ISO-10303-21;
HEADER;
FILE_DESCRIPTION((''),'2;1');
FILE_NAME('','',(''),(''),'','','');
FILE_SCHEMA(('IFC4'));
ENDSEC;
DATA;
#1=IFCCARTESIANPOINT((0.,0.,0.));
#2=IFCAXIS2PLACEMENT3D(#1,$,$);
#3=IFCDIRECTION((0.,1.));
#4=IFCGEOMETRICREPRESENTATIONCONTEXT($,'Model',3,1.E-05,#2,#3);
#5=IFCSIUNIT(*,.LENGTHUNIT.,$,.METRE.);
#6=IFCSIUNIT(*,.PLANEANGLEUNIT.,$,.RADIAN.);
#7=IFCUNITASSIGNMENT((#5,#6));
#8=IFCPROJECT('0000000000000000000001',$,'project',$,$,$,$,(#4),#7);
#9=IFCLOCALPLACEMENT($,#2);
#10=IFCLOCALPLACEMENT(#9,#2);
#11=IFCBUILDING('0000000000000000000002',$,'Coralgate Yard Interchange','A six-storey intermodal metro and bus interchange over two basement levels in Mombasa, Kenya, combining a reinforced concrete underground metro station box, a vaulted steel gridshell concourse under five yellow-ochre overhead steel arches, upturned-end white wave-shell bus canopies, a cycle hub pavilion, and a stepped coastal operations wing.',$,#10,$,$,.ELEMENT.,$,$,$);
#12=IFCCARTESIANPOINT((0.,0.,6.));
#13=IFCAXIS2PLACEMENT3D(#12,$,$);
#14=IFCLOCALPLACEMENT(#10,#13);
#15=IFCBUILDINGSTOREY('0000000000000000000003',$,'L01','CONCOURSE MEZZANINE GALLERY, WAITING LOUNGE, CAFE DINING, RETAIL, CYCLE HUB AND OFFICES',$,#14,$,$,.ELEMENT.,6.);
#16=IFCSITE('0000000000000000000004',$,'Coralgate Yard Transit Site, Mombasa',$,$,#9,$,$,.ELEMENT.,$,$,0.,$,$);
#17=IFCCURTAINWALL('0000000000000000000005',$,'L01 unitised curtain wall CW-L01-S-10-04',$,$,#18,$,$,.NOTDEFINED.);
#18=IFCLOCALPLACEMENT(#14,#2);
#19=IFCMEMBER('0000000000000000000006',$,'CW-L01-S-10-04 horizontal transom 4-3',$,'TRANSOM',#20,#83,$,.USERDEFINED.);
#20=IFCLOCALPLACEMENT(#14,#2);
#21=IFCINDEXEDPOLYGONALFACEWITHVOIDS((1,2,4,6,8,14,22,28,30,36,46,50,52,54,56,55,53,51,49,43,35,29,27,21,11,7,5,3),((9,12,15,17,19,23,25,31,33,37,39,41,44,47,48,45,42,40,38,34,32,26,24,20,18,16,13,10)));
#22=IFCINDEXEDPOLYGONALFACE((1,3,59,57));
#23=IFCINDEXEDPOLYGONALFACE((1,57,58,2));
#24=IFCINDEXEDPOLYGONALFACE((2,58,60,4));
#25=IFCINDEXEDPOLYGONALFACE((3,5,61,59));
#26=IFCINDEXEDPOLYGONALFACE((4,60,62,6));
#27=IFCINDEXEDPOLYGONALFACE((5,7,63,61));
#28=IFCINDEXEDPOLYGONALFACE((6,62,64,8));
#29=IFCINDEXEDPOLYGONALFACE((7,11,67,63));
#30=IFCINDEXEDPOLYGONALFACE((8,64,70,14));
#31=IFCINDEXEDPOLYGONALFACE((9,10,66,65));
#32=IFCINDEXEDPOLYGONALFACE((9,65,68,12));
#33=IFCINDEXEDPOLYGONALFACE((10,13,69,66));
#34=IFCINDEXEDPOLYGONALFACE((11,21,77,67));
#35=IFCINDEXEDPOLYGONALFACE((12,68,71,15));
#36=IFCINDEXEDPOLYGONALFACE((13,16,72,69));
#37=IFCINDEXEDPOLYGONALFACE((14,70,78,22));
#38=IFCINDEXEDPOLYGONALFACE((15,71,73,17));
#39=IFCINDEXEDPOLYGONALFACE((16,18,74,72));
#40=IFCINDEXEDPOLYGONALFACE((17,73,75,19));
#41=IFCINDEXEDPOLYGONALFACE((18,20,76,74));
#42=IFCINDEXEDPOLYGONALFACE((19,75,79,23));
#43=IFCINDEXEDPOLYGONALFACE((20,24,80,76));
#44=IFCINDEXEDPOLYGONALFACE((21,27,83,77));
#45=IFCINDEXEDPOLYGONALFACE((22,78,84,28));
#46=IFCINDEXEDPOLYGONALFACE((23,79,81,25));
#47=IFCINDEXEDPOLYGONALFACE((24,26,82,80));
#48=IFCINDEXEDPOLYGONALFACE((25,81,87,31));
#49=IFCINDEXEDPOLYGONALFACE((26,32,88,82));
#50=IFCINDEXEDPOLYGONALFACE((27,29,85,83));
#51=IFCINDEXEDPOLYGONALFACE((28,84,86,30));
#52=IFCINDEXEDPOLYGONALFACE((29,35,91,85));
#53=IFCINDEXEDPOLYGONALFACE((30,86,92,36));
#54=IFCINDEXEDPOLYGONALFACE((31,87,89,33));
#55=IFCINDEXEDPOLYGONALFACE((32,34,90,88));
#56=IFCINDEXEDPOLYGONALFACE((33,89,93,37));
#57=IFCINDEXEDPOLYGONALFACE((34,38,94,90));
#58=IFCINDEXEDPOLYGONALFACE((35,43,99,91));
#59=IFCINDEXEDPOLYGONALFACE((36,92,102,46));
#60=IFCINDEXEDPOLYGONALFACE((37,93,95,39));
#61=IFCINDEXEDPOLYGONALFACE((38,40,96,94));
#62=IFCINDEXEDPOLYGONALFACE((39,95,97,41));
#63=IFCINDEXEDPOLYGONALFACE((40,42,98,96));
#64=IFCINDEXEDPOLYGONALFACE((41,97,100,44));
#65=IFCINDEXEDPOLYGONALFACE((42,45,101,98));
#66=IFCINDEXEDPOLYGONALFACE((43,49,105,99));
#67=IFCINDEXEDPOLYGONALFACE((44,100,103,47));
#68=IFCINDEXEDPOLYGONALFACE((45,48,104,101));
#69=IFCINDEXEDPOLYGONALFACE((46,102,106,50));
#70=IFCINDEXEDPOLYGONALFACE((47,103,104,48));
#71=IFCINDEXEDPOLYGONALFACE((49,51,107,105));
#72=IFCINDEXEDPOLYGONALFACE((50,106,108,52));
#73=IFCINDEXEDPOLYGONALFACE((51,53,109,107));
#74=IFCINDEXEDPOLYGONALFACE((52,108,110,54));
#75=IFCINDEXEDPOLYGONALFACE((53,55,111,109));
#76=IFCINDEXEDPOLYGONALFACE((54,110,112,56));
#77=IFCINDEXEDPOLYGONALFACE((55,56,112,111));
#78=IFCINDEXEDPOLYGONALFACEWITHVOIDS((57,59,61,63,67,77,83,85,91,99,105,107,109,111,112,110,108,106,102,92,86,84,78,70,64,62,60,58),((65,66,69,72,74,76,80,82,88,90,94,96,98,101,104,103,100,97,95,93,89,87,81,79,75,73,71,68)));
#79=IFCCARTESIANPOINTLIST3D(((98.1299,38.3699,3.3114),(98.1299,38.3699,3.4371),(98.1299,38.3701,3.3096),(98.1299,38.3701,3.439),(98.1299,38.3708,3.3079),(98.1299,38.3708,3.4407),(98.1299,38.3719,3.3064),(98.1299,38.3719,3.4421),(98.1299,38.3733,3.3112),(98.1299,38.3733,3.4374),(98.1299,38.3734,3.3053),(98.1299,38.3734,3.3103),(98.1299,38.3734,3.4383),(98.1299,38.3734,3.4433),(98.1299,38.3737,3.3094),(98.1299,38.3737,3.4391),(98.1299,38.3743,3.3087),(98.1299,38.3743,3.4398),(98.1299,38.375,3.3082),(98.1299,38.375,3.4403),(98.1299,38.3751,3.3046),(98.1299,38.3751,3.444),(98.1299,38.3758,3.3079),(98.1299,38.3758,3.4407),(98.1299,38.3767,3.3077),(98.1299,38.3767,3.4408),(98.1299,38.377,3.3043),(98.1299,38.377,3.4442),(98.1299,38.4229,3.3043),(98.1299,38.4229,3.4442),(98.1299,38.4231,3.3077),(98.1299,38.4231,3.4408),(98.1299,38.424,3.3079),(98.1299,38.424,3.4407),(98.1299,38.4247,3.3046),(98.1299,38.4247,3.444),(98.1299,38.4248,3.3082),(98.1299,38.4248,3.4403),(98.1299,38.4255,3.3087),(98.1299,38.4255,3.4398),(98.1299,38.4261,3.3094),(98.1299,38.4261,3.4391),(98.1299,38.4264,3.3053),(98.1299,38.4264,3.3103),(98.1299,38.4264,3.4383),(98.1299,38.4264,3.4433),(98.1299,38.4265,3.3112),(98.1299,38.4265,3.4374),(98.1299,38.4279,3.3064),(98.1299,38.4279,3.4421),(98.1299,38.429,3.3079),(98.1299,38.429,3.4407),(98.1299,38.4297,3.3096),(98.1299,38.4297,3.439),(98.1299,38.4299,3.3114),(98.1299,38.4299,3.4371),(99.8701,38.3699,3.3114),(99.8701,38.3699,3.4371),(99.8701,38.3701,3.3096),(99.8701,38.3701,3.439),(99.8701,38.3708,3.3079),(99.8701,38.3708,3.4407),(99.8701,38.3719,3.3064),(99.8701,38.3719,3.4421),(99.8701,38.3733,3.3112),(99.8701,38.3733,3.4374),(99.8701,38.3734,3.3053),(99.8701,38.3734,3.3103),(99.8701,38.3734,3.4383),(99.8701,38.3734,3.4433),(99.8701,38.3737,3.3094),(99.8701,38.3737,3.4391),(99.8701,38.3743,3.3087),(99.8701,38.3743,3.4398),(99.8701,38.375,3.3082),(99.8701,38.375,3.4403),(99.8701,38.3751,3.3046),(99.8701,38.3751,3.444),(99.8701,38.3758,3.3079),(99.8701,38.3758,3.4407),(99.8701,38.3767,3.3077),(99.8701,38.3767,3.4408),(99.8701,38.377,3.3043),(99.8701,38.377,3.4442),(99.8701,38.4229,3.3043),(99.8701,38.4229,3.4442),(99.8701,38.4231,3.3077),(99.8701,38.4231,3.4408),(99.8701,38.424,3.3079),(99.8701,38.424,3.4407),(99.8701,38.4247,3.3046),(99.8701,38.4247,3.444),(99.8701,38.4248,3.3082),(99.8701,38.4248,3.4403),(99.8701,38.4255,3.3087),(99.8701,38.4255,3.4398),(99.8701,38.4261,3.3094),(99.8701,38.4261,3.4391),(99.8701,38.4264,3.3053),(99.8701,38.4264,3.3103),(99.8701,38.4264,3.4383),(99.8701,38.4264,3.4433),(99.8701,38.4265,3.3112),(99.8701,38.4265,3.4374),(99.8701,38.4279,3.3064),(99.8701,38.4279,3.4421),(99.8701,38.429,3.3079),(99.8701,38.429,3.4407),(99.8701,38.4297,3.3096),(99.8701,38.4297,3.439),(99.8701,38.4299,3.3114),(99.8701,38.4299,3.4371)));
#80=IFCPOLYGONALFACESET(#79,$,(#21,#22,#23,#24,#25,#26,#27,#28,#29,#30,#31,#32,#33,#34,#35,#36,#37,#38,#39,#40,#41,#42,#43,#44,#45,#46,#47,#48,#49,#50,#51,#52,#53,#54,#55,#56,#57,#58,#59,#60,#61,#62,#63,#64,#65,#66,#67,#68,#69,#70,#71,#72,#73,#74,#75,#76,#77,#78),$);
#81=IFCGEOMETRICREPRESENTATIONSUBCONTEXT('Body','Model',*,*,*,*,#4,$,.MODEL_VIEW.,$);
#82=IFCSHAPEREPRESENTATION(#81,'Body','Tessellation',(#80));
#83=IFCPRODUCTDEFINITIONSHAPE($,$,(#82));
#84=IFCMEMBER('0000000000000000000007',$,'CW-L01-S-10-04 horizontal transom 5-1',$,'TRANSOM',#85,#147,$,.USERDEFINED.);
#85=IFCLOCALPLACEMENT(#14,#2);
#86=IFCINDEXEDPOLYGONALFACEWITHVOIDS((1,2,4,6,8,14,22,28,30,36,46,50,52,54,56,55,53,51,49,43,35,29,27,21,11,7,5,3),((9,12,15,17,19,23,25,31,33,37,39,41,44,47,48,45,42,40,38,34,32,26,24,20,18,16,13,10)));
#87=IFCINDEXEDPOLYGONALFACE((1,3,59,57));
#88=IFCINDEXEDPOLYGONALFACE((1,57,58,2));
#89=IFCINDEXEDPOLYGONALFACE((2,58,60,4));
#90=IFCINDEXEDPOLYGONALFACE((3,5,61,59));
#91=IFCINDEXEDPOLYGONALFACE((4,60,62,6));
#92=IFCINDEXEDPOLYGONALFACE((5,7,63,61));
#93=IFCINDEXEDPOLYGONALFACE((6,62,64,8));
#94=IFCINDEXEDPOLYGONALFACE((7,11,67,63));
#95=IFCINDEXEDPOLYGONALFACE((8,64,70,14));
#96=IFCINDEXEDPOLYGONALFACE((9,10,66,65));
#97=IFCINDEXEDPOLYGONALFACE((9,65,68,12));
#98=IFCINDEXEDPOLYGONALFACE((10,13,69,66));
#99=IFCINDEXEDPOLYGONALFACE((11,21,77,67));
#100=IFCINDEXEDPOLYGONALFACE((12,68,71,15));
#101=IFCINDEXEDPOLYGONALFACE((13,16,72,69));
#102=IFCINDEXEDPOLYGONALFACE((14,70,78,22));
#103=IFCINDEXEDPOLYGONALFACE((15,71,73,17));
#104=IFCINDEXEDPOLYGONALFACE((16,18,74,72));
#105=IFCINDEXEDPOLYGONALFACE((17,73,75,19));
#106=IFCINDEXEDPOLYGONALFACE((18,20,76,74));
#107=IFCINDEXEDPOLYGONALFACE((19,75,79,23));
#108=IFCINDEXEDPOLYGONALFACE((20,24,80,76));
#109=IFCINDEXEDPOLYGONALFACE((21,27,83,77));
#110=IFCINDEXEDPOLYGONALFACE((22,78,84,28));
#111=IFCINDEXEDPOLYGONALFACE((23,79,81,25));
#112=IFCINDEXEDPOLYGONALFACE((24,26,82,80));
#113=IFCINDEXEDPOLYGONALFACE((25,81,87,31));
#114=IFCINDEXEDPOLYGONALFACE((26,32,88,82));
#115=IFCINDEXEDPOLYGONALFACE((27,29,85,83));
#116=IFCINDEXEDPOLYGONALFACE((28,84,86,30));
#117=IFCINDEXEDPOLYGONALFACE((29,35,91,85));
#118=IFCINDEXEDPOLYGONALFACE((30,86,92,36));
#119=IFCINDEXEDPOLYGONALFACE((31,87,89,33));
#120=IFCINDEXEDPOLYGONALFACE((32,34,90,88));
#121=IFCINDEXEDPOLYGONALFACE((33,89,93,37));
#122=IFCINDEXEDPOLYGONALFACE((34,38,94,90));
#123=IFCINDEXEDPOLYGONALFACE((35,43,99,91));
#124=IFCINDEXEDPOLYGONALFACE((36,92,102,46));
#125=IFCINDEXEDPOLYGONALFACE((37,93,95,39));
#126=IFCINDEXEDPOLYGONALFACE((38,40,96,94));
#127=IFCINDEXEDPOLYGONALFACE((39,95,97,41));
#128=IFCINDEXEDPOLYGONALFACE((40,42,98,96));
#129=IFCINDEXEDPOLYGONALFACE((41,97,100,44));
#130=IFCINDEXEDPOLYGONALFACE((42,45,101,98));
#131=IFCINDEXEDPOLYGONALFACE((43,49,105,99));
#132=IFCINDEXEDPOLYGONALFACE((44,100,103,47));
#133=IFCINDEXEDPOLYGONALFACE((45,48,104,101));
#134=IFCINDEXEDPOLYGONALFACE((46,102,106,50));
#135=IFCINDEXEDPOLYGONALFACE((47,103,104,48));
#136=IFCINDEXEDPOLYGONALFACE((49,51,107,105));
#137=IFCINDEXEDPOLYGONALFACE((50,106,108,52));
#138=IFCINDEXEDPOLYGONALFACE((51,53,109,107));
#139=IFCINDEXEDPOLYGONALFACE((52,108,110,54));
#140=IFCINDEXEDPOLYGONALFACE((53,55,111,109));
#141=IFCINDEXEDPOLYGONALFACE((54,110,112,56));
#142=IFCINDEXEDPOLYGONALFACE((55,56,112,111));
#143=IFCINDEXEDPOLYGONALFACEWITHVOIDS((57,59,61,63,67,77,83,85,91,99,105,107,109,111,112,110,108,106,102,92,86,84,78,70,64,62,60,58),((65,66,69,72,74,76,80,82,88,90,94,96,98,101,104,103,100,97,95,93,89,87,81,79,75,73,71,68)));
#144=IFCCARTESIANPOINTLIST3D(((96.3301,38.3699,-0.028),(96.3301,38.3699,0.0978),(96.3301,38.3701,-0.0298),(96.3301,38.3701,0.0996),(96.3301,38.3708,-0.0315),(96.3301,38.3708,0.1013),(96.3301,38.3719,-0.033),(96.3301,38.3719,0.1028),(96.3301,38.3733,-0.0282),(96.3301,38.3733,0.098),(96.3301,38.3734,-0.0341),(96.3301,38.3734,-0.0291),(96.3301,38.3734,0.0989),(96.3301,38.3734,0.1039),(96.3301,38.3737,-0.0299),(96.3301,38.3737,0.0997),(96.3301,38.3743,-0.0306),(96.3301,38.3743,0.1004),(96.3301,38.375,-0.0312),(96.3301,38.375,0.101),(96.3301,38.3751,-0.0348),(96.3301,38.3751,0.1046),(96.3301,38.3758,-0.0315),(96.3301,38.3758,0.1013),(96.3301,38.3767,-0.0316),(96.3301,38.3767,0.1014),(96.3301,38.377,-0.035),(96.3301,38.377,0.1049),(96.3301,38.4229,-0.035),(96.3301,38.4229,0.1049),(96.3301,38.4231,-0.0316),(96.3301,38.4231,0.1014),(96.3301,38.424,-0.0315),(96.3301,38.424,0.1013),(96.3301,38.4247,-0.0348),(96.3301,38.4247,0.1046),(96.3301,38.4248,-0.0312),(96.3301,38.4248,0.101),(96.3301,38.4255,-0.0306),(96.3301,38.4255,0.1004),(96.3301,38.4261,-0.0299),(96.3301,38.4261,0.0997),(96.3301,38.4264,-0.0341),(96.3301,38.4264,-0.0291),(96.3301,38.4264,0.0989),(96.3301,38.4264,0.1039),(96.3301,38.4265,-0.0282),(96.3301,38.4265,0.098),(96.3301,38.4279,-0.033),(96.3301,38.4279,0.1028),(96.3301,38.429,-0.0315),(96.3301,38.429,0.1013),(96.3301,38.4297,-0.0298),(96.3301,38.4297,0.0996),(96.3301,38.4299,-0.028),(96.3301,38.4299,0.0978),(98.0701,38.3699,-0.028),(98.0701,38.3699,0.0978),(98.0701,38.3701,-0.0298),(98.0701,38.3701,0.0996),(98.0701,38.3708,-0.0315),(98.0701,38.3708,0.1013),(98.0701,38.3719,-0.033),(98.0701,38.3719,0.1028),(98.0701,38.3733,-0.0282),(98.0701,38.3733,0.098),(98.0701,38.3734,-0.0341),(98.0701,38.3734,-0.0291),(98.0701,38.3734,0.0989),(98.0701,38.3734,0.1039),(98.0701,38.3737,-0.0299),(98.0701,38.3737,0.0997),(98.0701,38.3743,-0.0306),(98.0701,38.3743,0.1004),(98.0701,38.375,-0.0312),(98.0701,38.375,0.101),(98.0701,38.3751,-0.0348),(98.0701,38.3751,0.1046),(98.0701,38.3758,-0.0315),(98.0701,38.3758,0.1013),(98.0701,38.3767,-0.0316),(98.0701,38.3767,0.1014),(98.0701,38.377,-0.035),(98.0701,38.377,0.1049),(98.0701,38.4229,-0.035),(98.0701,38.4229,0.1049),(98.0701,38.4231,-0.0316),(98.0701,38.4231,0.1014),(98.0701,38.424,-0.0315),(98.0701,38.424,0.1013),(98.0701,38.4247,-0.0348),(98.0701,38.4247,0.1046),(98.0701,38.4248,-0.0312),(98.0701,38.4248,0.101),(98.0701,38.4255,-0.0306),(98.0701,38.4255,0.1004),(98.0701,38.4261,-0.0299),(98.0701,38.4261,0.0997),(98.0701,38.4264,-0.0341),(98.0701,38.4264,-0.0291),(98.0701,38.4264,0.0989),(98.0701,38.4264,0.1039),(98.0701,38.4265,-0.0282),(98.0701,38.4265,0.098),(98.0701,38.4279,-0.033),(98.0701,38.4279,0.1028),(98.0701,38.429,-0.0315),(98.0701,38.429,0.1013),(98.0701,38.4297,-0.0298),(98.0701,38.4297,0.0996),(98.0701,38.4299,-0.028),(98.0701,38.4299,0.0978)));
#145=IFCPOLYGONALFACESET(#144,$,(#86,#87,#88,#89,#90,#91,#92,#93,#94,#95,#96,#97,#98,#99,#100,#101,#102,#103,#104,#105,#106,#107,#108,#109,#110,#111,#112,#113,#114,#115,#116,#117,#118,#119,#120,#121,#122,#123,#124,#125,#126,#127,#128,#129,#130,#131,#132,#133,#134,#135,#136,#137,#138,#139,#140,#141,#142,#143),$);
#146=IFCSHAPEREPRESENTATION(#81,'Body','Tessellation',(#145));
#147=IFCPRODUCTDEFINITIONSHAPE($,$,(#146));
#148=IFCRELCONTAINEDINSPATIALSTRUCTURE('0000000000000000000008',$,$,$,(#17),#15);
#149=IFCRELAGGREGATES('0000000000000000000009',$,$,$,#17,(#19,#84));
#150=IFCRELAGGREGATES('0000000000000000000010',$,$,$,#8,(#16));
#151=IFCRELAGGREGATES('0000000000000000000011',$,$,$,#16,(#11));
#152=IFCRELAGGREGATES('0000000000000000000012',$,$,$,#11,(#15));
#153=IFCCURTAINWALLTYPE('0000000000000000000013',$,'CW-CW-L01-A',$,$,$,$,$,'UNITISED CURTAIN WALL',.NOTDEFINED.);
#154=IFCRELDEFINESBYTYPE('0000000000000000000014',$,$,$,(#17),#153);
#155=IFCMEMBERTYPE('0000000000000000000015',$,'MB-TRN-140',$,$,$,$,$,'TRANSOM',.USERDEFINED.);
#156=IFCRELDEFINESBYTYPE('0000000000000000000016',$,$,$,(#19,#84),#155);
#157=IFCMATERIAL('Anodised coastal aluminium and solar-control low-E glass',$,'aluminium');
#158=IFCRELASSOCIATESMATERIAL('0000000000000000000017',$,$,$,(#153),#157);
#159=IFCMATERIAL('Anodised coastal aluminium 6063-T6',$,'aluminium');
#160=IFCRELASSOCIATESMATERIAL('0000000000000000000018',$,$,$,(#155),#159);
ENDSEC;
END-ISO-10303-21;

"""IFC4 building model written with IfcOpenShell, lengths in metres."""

from ifc_helpers import new_model, si_unit, direction, frame, origin, origin_2d, place, context, subcontext, project, spatial, hollow_rectangle, extrude, material, material_profile, profile_set, type_object, element, aggregate, save


model = new_model("IFC4")

# Units and contexts
model_context = context("Model", 3, precision=1e-05, world=origin(), true_north=direction((0.0, 1.0)))
body_context = subcontext(model_context, "Body", "Model", "MODEL_VIEW")
ifc_project = project(units=[si_unit("LENGTHUNIT", "METRE"), si_unit("PLANEANGLEUNIT", "RADIAN")], contexts=[model_context])

# Site, building, storey
site_placement = place(None, origin())
site = spatial("IfcSite", under=ifc_project, at=site_placement, Name="Coralgate Yard Transit Site, Mombasa", CompositionType="ELEMENT", RefElevation=0.0)
building_placement = place(site_placement, origin())
building = spatial("IfcBuilding", under=site, at=building_placement, Name="Coralgate Yard Interchange", Description="A six-storey intermodal metro and bus interchange over two basement levels in Mombasa, Kenya, combining a reinforced concrete underground metro station box, a vaulted steel gridshell concourse under five yellow-ochre overhead steel arches, upturned-end white wave-shell bus canopies, a cycle hub pavilion, and a stepped coastal operations wing.", CompositionType="ELEMENT")
storey_placement = place(building_placement, frame((0.0, 0.0, 6.0)))
storey = spatial("IfcBuildingStorey", under=building, at=storey_placement, Name="L01", Description="CONCOURSE MEZZANINE GALLERY, WAITING LOUNGE, CAFE DINING, RETAIL, CYCLE HUB AND OFFICES", CompositionType="ELEMENT", Elevation=6.0)

# Curtain wall
ifc_material_1 = material(Name="Anodised coastal aluminium and solar-control low-E glass", Category="aluminium")
curtain_wall_type_1 = type_object("IfcCurtainWallType", Name="CW-CW-L01-A", ElementType="UNITISED CURTAIN WALL", PredefinedType="NOTDEFINED", material=ifc_material_1)
curtain_wall_1_placement = place(storey_placement, origin())
curtain_wall_1 = element("IfcCurtainWall", 1, at=curtain_wall_1_placement, inside=storey, type_object=curtain_wall_type_1, Name="L01 unitised curtain wall CW-L01-S-10-04", PredefinedType="NOTDEFINED")
ifc_material_2 = material(Name="Anodised coastal aluminium 6063-T6", Category="aluminium")

# Members
ifc_material_profile_1 = material_profile(ifc_material_2, hollow_rectangle(XDim=0.0601, YDim=0.1399, WallThickness=0.0034, InnerFilletRadius=0.0034, OuterFilletRadius=0.0071, at=origin_2d()), Name="ALU 60x140x3.5")
ifc_profile_set_1 = profile_set([ifc_material_profile_1], Name="Anodised coastal aluminium 6063-T6")
member_type_1 = type_object("IfcMemberType", Name="MB-TRN-140", ElementType="TRANSOM", PredefinedType="USERDEFINED", material=ifc_profile_set_1)
member_1_placement = place(storey_placement, frame((99.8701, 38.3999, 3.3743), z_axis=(-1.0, 0.0, 0.0), x_axis=(0.0, -1.0, 0.0)))
member_1 = element("IfcMember", 2, at=member_1_placement, type_object=member_type_1, Name="CW-L01-S-10-04 horizontal transom 4-3", ObjectType="TRANSOM", PredefinedType="USERDEFINED", context=body_context, shape_type="SweptSolid", body=[
    extrude(hollow_rectangle(XDim=0.0601, YDim=0.1399, WallThickness=0.0034, InnerFilletRadius=0.0034, OuterFilletRadius=0.0071, at=origin_2d()), origin(), (0.0, 0.0, 1.0), 1.7402),
])
member_2_placement = place(storey_placement, frame((98.0701, 38.3999, 0.0349), z_axis=(-1.0, 0.0, 0.0), x_axis=(0.0, -1.0, 0.0)))
member_2 = element("IfcMember", 3, at=member_2_placement, type_object=member_type_1, Name="CW-L01-S-10-04 horizontal transom 5-1", ObjectType="TRANSOM", PredefinedType="USERDEFINED", context=body_context, shape_type="SweptSolid", body=[
    extrude(hollow_rectangle(XDim=0.0601, YDim=0.1399, WallThickness=0.0034, InnerFilletRadius=0.0034, OuterFilletRadius=0.0071, at=origin_2d()), origin(), (0.0, 0.0, 1.0), 1.74),
])

aggregate(curtain_wall_1, [member_1, member_2])

save(model, "model.ifc")
